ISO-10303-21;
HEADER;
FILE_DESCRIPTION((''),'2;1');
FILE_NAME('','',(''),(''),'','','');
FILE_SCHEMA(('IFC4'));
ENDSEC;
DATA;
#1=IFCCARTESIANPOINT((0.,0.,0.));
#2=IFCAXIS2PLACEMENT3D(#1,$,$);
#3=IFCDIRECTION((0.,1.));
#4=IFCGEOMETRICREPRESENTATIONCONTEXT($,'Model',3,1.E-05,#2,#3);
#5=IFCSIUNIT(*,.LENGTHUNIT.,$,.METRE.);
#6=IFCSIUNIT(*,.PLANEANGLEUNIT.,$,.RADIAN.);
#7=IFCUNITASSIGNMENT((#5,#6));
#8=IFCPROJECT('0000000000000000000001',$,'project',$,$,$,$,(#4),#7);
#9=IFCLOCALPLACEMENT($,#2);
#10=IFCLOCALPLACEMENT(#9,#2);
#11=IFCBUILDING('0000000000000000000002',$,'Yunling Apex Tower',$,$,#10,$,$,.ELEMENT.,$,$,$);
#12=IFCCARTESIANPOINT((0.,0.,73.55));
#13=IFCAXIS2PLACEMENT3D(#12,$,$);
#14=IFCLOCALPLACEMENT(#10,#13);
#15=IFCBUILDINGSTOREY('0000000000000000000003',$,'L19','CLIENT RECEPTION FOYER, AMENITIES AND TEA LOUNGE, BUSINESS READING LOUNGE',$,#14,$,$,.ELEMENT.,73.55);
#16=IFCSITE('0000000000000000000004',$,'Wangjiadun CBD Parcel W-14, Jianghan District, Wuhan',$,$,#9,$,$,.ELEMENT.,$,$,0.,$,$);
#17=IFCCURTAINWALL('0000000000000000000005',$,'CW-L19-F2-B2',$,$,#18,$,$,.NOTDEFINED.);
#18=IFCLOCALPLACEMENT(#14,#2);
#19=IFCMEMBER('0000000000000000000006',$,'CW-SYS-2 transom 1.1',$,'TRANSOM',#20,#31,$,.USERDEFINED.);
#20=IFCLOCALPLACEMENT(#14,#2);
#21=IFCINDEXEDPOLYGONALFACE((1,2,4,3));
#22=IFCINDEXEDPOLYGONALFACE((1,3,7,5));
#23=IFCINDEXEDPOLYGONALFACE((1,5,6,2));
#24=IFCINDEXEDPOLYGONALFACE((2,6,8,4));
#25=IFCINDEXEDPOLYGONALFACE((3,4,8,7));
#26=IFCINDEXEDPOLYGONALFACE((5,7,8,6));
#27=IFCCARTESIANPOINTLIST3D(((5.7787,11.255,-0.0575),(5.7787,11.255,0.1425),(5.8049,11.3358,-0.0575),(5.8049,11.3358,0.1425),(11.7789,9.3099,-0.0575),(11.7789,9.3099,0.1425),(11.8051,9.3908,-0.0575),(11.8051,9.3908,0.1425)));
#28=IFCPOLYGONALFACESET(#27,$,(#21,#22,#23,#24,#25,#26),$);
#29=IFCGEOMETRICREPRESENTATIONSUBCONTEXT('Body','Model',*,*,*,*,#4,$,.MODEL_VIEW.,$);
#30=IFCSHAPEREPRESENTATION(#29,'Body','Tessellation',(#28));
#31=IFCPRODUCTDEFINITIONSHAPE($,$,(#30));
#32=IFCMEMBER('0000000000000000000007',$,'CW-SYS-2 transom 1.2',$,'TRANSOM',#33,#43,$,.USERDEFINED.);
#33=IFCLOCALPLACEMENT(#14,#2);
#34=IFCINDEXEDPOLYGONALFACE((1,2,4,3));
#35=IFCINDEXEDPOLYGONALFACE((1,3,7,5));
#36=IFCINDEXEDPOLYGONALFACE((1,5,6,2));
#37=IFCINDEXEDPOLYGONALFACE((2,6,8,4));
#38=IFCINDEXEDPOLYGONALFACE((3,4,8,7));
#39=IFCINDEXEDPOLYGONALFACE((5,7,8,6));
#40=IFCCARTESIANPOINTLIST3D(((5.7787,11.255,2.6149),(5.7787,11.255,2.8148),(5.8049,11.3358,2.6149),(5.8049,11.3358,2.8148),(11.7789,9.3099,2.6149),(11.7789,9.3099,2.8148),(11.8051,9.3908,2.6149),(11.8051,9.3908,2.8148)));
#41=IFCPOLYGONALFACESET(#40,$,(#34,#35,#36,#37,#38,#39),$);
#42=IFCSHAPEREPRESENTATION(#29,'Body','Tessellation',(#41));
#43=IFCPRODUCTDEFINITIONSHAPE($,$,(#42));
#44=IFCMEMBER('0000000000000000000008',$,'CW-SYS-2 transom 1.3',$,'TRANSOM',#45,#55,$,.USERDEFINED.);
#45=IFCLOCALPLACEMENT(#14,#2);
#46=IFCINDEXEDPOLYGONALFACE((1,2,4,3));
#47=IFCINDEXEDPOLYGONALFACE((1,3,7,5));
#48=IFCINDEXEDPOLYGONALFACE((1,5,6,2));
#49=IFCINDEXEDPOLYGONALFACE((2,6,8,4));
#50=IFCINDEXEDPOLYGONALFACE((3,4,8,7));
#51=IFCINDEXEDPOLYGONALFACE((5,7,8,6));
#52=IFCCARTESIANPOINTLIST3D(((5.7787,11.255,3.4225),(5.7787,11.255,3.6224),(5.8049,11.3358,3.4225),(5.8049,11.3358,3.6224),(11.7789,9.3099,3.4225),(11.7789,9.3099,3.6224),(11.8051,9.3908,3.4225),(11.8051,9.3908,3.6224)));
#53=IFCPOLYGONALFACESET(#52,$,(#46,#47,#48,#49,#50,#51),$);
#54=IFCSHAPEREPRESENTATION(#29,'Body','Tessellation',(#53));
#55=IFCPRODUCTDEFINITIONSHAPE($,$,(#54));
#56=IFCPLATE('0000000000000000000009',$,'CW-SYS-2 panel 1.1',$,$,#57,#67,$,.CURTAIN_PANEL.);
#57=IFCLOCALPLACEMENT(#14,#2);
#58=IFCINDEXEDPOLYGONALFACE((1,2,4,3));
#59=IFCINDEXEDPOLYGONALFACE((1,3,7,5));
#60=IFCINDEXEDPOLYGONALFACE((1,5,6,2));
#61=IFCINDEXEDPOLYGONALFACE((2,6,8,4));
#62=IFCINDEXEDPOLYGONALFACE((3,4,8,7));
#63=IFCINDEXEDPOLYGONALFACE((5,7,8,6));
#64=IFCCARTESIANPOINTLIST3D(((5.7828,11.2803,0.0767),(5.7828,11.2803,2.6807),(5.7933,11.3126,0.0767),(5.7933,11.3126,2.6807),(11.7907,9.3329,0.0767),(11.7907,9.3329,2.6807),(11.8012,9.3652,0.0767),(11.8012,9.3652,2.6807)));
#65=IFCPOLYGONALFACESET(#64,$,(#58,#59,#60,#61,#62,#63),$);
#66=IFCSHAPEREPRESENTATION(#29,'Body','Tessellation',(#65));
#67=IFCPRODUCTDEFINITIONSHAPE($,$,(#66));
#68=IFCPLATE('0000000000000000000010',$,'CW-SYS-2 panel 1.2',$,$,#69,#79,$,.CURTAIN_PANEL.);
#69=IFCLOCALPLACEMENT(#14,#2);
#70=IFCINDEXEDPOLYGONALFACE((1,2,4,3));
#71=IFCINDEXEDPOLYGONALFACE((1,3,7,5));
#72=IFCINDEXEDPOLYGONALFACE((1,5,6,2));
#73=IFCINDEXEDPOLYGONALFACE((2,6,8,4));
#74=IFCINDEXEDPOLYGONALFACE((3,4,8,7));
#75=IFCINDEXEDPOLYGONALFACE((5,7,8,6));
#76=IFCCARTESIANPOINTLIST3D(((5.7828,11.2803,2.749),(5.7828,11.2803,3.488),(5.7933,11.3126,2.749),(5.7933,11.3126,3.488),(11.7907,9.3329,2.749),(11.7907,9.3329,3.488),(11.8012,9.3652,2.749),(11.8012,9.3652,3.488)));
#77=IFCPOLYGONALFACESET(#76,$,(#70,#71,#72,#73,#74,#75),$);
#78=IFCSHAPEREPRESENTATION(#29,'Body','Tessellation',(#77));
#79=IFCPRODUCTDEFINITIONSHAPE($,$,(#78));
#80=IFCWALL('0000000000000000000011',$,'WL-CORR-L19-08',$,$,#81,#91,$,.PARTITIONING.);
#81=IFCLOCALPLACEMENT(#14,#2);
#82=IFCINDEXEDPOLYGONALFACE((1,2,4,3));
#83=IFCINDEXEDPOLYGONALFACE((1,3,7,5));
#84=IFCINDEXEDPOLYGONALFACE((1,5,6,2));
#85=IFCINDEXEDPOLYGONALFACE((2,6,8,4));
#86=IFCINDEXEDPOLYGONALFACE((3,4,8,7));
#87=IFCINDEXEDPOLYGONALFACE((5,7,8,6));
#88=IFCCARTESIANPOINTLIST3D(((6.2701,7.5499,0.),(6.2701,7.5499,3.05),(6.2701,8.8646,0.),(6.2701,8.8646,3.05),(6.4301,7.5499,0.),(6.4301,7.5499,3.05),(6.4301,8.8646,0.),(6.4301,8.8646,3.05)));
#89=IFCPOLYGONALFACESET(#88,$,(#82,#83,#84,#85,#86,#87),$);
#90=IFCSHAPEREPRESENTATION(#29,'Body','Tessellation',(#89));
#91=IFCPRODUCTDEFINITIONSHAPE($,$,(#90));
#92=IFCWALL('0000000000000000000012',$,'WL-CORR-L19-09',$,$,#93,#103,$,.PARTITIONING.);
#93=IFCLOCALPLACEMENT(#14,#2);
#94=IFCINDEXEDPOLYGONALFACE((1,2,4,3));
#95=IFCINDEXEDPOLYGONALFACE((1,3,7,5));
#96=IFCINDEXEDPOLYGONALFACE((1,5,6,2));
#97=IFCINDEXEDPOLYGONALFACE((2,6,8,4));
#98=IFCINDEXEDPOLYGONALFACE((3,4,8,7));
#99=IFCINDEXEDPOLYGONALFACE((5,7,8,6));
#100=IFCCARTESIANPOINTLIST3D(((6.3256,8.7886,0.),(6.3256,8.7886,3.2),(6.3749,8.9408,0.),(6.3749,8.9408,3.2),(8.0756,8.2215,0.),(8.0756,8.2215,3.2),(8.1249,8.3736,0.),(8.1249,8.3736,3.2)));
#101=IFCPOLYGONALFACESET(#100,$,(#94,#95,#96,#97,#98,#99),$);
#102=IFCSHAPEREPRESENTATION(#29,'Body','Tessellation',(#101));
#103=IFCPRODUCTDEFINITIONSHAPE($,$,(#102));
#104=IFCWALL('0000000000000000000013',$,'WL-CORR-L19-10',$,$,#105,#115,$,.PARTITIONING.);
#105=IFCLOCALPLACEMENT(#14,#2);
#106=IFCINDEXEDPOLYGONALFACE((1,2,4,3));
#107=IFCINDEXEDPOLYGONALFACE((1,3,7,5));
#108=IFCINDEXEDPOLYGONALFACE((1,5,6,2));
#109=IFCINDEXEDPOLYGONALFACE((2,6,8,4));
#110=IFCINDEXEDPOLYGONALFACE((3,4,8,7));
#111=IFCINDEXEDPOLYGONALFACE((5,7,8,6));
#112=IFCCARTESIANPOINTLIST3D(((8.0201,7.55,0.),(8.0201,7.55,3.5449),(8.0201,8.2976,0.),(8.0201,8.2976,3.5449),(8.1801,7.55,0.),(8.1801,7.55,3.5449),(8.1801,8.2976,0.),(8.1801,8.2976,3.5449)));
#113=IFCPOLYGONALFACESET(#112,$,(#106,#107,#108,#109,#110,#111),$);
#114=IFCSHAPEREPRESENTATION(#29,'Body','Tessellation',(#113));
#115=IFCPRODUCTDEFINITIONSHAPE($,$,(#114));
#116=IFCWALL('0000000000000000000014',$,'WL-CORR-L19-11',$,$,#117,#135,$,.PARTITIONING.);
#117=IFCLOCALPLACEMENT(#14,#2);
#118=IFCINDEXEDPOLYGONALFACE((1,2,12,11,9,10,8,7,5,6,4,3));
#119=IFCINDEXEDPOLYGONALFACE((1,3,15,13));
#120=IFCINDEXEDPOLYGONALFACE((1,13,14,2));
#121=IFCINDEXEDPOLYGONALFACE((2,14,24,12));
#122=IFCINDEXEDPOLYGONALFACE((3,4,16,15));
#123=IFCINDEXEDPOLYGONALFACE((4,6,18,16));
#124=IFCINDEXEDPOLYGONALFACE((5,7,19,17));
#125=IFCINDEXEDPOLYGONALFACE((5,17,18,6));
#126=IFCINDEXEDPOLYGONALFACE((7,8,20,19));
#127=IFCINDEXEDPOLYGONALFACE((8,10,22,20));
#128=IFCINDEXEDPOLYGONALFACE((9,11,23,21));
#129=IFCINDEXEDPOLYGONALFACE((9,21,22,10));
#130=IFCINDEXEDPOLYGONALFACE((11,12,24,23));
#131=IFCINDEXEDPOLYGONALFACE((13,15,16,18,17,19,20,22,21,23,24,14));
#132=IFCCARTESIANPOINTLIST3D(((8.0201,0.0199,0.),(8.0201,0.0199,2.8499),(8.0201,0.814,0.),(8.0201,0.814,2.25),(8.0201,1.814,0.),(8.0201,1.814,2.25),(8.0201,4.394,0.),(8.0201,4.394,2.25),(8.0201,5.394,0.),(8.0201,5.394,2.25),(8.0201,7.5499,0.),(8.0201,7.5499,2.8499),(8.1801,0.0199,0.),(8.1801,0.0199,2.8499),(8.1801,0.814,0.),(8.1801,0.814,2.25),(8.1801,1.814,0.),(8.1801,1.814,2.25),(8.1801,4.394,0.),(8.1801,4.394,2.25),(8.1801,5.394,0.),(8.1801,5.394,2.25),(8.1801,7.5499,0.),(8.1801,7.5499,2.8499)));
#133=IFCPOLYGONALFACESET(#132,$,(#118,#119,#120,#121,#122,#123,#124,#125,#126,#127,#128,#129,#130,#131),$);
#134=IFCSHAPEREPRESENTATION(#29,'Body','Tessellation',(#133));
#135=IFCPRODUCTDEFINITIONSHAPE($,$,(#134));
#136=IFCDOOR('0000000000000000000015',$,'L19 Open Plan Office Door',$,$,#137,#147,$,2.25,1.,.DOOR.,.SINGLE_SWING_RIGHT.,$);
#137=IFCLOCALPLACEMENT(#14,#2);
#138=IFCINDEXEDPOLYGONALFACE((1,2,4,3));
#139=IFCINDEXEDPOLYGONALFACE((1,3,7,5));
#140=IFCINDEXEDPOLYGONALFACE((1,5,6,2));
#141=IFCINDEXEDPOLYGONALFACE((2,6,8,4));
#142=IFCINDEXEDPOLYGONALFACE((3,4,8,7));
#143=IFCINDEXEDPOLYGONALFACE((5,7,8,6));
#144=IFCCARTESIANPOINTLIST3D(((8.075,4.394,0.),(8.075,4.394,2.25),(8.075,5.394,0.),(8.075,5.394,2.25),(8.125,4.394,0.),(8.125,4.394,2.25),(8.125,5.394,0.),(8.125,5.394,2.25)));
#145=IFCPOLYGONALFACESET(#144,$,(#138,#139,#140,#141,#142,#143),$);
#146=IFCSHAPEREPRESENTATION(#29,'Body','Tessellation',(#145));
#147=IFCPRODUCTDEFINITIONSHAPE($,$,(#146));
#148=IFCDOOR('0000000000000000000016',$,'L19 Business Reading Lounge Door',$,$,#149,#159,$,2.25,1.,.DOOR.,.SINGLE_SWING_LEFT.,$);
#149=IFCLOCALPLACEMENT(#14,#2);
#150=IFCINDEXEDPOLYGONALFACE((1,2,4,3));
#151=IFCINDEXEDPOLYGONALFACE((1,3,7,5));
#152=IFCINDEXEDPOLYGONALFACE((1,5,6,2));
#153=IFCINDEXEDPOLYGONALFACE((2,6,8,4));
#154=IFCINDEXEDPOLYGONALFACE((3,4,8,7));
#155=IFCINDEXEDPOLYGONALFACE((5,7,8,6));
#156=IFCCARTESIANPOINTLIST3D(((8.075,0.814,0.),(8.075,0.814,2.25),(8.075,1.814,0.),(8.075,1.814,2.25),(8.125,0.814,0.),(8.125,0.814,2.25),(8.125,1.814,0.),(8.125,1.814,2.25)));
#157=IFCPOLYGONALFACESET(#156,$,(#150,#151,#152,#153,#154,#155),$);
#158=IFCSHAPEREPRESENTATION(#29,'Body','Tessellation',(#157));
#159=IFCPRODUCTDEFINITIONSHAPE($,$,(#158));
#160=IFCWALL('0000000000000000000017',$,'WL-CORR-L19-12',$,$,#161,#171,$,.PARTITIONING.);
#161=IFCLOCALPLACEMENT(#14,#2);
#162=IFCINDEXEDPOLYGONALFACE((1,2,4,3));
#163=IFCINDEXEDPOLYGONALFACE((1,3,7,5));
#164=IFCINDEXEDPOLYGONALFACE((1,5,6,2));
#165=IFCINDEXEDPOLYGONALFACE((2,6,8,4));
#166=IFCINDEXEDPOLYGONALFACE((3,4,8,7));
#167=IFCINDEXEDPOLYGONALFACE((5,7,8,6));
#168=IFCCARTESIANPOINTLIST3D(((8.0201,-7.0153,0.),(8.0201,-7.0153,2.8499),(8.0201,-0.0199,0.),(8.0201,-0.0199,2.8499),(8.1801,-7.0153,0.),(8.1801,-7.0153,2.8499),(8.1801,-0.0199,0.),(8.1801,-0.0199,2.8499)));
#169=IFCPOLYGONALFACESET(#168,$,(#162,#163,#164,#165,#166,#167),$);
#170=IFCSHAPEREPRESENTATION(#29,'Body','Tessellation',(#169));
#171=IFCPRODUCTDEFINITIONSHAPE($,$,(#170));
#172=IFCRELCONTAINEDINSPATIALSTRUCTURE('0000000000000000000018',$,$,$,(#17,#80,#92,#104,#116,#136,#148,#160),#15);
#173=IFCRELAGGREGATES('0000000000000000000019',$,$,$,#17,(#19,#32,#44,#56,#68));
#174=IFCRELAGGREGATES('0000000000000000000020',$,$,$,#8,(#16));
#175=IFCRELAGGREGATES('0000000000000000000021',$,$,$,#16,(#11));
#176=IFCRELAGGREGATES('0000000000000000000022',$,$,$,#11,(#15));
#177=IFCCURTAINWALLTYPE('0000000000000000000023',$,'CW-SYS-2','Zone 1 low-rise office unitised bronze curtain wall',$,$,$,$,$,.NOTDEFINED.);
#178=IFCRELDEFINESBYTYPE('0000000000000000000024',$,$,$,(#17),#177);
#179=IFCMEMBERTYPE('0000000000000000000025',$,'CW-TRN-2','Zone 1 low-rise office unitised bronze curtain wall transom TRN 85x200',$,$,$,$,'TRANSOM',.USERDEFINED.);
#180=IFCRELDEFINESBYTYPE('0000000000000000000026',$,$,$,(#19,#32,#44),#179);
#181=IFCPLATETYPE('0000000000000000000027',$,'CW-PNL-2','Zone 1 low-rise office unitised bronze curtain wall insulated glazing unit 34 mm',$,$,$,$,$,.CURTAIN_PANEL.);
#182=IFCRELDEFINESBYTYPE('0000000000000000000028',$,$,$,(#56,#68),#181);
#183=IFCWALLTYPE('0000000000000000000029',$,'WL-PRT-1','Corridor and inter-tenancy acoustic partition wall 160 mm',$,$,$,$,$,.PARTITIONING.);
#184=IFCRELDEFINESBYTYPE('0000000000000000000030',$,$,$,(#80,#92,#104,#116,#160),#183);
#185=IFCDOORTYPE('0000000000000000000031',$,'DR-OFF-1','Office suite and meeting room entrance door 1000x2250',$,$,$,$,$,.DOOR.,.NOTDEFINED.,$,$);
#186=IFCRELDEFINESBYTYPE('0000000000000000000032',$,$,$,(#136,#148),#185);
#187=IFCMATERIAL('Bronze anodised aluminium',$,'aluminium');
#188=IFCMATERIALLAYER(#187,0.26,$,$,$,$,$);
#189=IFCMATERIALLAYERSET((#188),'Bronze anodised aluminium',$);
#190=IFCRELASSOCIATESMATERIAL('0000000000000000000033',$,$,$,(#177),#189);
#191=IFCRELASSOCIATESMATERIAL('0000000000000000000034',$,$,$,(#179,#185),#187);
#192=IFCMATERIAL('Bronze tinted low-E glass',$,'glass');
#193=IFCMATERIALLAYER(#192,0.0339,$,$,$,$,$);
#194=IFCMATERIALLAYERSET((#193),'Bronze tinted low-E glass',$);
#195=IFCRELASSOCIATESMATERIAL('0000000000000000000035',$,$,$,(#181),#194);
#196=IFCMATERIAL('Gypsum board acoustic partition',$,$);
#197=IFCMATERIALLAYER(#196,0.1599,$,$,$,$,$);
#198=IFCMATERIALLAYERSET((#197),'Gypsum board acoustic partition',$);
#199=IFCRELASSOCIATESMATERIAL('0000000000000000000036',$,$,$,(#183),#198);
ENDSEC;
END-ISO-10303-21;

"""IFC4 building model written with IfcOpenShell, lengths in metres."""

from ifc_helpers import new_model, si_unit, direction, frame, frame_2d, origin, origin_2d, place, context, subcontext, project, spatial, rectangle, extrude, source, transform, mapped, material, layer, layer_set, material_profile, profile_set, type_object, element, fill, aggregate, save


model = new_model("IFC4")

# Units and contexts
model_context = context("Model", 3, precision=1e-05, world=origin(), true_north=direction((0.0, 1.0)))
body_context = subcontext(model_context, "Body", "Model", "MODEL_VIEW")
ifc_project = project(units=[si_unit("LENGTHUNIT", "METRE"), si_unit("PLANEANGLEUNIT", "RADIAN")], contexts=[model_context])

# Site, building, storey
site_placement = place(None, origin())
site = spatial("IfcSite", under=ifc_project, at=site_placement, Name="Wangjiadun CBD Parcel W-14, Jianghan District, Wuhan", CompositionType="ELEMENT", RefElevation=0.0)
building_placement = place(site_placement, origin())
building = spatial("IfcBuilding", under=site, at=building_placement, Name="Yunling Apex Tower", CompositionType="ELEMENT")
storey_placement = place(building_placement, frame((0.0, 0.0, 73.55)))
storey = spatial("IfcBuildingStorey", under=building, at=storey_placement, Name="L19", Description="CLIENT RECEPTION FOYER, AMENITIES AND TEA LOUNGE, BUSINESS READING LOUNGE", CompositionType="ELEMENT", Elevation=73.55)

# Curtain wall, members, plates
ifc_material_1 = material(Name="Bronze anodised aluminium", Category="aluminium")
ifc_layer_1 = layer(ifc_material_1, 0.26)
ifc_layer_set_1 = layer_set([ifc_layer_1], Name="Bronze anodised aluminium")
curtain_wall_type = type_object("IfcCurtainWallType", Name="CW-SYS-2", Description="Zone 1 low-rise office unitised bronze curtain wall", PredefinedType="NOTDEFINED", material=ifc_layer_set_1)
curtain_wall_placement = place(storey_placement, origin())
curtain_wall = element("IfcCurtainWall", 1, at=curtain_wall_placement, inside=storey, type_object=curtain_wall_type, Name="CW-L19-F2-B2", PredefinedType="NOTDEFINED")
ifc_material_profile_1 = material_profile(ifc_material_1, rectangle(XDim=0.085, YDim=0.2, at=origin_2d()))
ifc_profile_set_1 = profile_set([ifc_material_profile_1], Name="Bronze anodised aluminium")
member_type_1 = type_object("IfcMemberType", Name="CW-TRN-2", Description="Zone 1 low-rise office unitised bronze curtain wall transom TRN 85x200", ElementType="TRANSOM", PredefinedType="USERDEFINED", material=ifc_profile_set_1)
shared_shape_1 = source(origin(), body_context, "Body", "SweptSolid", [
    extrude(rectangle(XDim=0.085, YDim=0.2, at=origin_2d()), origin(), (0.0, 0.0, 1.0), 6.3076),
])
member_1_placement = place(storey_placement, frame((11.792, 9.3503, 0.0425), z_axis=(-0.951267, 0.308367, 0.0), x_axis=(-0.308367, -0.951267, 0.0)))
member_1 = element("IfcMember", 2, at=member_1_placement, type_object=member_type_1, Name="CW-SYS-2 transom 1.1", ObjectType="TRANSOM", PredefinedType="USERDEFINED", context=body_context, shape_type="MappedRepresentation", body=[
    mapped(shared_shape_1, transform((0.0, 0.0, 0.0), scale=1.0)),
])
member_2_placement = place(storey_placement, frame((11.792, 9.3503, 2.7148), z_axis=(-0.951267, 0.308367, 0.0), x_axis=(-0.308367, -0.951267, 0.0)))
member_2 = element("IfcMember", 3, at=member_2_placement, type_object=member_type_1, Name="CW-SYS-2 transom 1.2", ObjectType="TRANSOM", PredefinedType="USERDEFINED", context=body_context, shape_type="MappedRepresentation", body=[
    mapped(shared_shape_1, transform((0.0, 0.0, 0.0), scale=1.0)),
])
member_3_placement = place(storey_placement, frame((11.792, 9.3503, 3.5225), z_axis=(-0.951267, 0.308367, 0.0), x_axis=(-0.308367, -0.951267, 0.0)))
member_3 = element("IfcMember", 4, at=member_3_placement, type_object=member_type_1, Name="CW-SYS-2 transom 1.3", ObjectType="TRANSOM", PredefinedType="USERDEFINED", context=body_context, shape_type="MappedRepresentation", body=[
    mapped(shared_shape_1, transform((0.0, 0.0, 0.0), scale=1.0)),
])
ifc_material_2 = material(Name="Bronze tinted low-E glass", Category="glass")
ifc_layer_2 = layer(ifc_material_2, 0.0339)
ifc_layer_set_2 = layer_set([ifc_layer_2], Name="Bronze tinted low-E glass")
plate_type = type_object("IfcPlateType", Name="CW-PNL-2", Description="Zone 1 low-rise office unitised bronze curtain wall insulated glazing unit 34 mm", PredefinedType="CURTAIN_PANEL", material=ifc_layer_set_2)
shared_shape_2 = source(origin(), body_context, "Body", "SweptSolid", [
    extrude(rectangle(XDim=6.3157, YDim=0.0339, at=origin_2d()), origin(), (0.0, 0.0, 1.0), 2.604),
])
plate_1_placement = place(storey_placement, frame((8.792, 10.3228, 0.0767), z_axis=(0.0, 0.0, 1.0), x_axis=(-0.951272, 0.308352, 0.0)))
plate_1 = element("IfcPlate", 5, at=plate_1_placement, type_object=plate_type, Name="CW-SYS-2 panel 1.1", PredefinedType="CURTAIN_PANEL", context=body_context, shape_type="MappedRepresentation", body=[
    mapped(shared_shape_2, transform((0.0, 0.0, 0.0), scale=1.0)),
])
shared_shape_3 = source(origin(), body_context, "Body", "SweptSolid", [
    extrude(rectangle(XDim=6.3157, YDim=0.0339, at=origin_2d()), origin(), (0.0, 0.0, 1.0), 0.739),
])
plate_2_placement = place(storey_placement, frame((8.792, 10.3228, 2.749), z_axis=(0.0, 0.0, 1.0), x_axis=(-0.951272, 0.308352, 0.0)))
plate_2 = element("IfcPlate", 6, at=plate_2_placement, type_object=plate_type, Name="CW-SYS-2 panel 1.2", PredefinedType="CURTAIN_PANEL", context=body_context, shape_type="MappedRepresentation", body=[
    mapped(shared_shape_3, transform((0.0, 0.0, 0.0), scale=1.0)),
])
aggregate(curtain_wall, [member_1, member_2, member_3, plate_1, plate_2])

# Walls
ifc_material_3 = material(Name="Gypsum board acoustic partition")
ifc_layer_3 = layer(ifc_material_3, 0.1599)
ifc_layer_set_3 = layer_set([ifc_layer_3], Name="Gypsum board acoustic partition")
wall_type_1 = type_object("IfcWallType", Name="WL-PRT-1", Description="Corridor and inter-tenancy acoustic partition wall 160 mm", PredefinedType="PARTITIONING", material=ifc_layer_set_3)
wall_1_placement = place(storey_placement, frame((6.3501, 7.55, 0.0), z_axis=(0.0, 0.0, 1.0), x_axis=(0.0, 1.0, 0.0)))
element("IfcWall", 7, at=wall_1_placement, inside=storey, type_object=wall_type_1, Name="WL-CORR-L19-08", PredefinedType="PARTITIONING", context=body_context, shape_type="SweptSolid", body=[
    extrude(rectangle(XDim=1.3147, YDim=0.1599, at=frame_2d((0.6572, 0.0))), origin(), (0.0, 0.0, 1.0), 3.05),
])
wall_2_placement = place(storey_placement, frame((6.3501, 8.8647, 0.0), z_axis=(0.0, 0.0, 1.0), x_axis=(0.951291, -0.308294, 0.0)))
element("IfcWall", 8, at=wall_2_placement, inside=storey, type_object=wall_type_1, Name="WL-CORR-L19-09", PredefinedType="PARTITIONING", context=body_context, shape_type="SweptSolid", body=[
    extrude(rectangle(XDim=1.8396, YDim=0.1599, at=frame_2d((0.9199, 0.0))), origin(), (0.0, 0.0, 1.0), 3.2),
])
wall_3_placement = place(storey_placement, frame((8.1001, 8.2976, 0.0), z_axis=(0.0, 0.0, 1.0), x_axis=(0.0, -1.0, 0.0)))
element("IfcWall", 9, at=wall_3_placement, inside=storey, type_object=wall_type_1, Name="WL-CORR-L19-10", PredefinedType="PARTITIONING", context=body_context, shape_type="SweptSolid", body=[
    extrude(rectangle(XDim=0.7476, YDim=0.1599, at=frame_2d((0.3738, 0.0))), origin(), (0.0, 0.0, 1.0), 3.5449),
])

# Wall, openings, doors
wall_4_placement = place(storey_placement, frame((8.1001, 7.55, 0.0), z_axis=(0.0, 0.0, 1.0), x_axis=(0.0, -1.0, 0.0)))
wall_4 = element("IfcWall", 10, at=wall_4_placement, inside=storey, type_object=wall_type_1, Name="WL-CORR-L19-11", PredefinedType="PARTITIONING", context=body_context, shape_type="SweptSolid", body=[
    extrude(rectangle(XDim=7.53, YDim=0.1599, at=frame_2d((3.7651, 0.0))), origin(), (0.0, 0.0, 1.0), 2.8499),
])
opening_1_placement = place(wall_4_placement, frame((2.156, 0.0, 0.0)))
opening_1 = element("IfcOpeningElement", 11, at=opening_1_placement, cuts=wall_4, PredefinedType="OPENING", context=body_context, shape_type="SweptSolid", body=[
    extrude(rectangle(XDim=1.0, YDim=2.25, at=frame_2d((0.5, 1.125))), frame((0.0, 0.0898, 0.0), z_axis=(0.0, -1.0, 0.0), x_axis=(1.0, 0.0, 0.0)), (0.0, 0.0, 1.0), 0.1799),
])
opening_2_placement = place(wall_4_placement, frame((5.7361, 0.0, 0.0)))
opening_2 = element("IfcOpeningElement", 12, at=opening_2_placement, cuts=wall_4, PredefinedType="OPENING", context=body_context, shape_type="SweptSolid", body=[
    extrude(rectangle(XDim=1.0, YDim=2.25, at=frame_2d((0.5, 1.125))), frame((0.0, 0.0898, 0.0), z_axis=(0.0, -1.0, 0.0), x_axis=(1.0, 0.0, 0.0)), (0.0, 0.0, 1.0), 0.1799),
])
door_type = type_object("IfcDoorType", Name="DR-OFF-1", Description="Office suite and meeting room entrance door 1000x2250", OperationType="NOTDEFINED", PredefinedType="DOOR", material=ifc_material_1)
door_1_placement = place(opening_1_placement, origin())
door_1 = element("IfcDoor", 13, at=door_1_placement, inside=storey, type_object=door_type, Name="L19 Open Plan Office Door", OperationType="SINGLE_SWING_RIGHT", OverallHeight=2.25, OverallWidth=1.0, PredefinedType="DOOR", context=body_context, shape_type="SweptSolid", body=[
    extrude(rectangle(XDim=1.0, YDim=2.25, at=frame_2d((0.5, 1.125))), frame((0.0, 0.0249, 0.0), z_axis=(0.0, -1.0, 0.0), x_axis=(1.0, 0.0, 0.0)), (0.0, 0.0, 1.0), 0.05),
])
fill(opening_1, door_1)
door_2_placement = place(opening_2_placement, origin())
door_2 = element("IfcDoor", 14, at=door_2_placement, inside=storey, type_object=door_type, Name="L19 Business Reading Lounge Door", OperationType="SINGLE_SWING_LEFT", OverallHeight=2.25, OverallWidth=1.0, PredefinedType="DOOR", context=body_context, shape_type="SweptSolid", body=[
    extrude(rectangle(XDim=1.0, YDim=2.25, at=frame_2d((0.5, 1.125))), frame((0.0, 0.0249, 0.0), z_axis=(0.0, -1.0, 0.0), x_axis=(1.0, 0.0, 0.0)), (0.0, 0.0, 1.0), 0.05),
])
fill(opening_2, door_2)

# Wall
wall_5_placement = place(storey_placement, frame((8.1001, -0.02, 0.0), z_axis=(0.0, 0.0, 1.0), x_axis=(0.0, -1.0, 0.0)))
element("IfcWall", 15, at=wall_5_placement, inside=storey, type_object=wall_type_1, Name="WL-CORR-L19-12", PredefinedType="PARTITIONING", context=body_context, shape_type="SweptSolid", body=[
    extrude(rectangle(XDim=6.9954, YDim=0.1599, at=frame_2d((3.4976, 0.0))), origin(), (0.0, 0.0, 1.0), 2.8499),
])

save(model, "model.ifc")
